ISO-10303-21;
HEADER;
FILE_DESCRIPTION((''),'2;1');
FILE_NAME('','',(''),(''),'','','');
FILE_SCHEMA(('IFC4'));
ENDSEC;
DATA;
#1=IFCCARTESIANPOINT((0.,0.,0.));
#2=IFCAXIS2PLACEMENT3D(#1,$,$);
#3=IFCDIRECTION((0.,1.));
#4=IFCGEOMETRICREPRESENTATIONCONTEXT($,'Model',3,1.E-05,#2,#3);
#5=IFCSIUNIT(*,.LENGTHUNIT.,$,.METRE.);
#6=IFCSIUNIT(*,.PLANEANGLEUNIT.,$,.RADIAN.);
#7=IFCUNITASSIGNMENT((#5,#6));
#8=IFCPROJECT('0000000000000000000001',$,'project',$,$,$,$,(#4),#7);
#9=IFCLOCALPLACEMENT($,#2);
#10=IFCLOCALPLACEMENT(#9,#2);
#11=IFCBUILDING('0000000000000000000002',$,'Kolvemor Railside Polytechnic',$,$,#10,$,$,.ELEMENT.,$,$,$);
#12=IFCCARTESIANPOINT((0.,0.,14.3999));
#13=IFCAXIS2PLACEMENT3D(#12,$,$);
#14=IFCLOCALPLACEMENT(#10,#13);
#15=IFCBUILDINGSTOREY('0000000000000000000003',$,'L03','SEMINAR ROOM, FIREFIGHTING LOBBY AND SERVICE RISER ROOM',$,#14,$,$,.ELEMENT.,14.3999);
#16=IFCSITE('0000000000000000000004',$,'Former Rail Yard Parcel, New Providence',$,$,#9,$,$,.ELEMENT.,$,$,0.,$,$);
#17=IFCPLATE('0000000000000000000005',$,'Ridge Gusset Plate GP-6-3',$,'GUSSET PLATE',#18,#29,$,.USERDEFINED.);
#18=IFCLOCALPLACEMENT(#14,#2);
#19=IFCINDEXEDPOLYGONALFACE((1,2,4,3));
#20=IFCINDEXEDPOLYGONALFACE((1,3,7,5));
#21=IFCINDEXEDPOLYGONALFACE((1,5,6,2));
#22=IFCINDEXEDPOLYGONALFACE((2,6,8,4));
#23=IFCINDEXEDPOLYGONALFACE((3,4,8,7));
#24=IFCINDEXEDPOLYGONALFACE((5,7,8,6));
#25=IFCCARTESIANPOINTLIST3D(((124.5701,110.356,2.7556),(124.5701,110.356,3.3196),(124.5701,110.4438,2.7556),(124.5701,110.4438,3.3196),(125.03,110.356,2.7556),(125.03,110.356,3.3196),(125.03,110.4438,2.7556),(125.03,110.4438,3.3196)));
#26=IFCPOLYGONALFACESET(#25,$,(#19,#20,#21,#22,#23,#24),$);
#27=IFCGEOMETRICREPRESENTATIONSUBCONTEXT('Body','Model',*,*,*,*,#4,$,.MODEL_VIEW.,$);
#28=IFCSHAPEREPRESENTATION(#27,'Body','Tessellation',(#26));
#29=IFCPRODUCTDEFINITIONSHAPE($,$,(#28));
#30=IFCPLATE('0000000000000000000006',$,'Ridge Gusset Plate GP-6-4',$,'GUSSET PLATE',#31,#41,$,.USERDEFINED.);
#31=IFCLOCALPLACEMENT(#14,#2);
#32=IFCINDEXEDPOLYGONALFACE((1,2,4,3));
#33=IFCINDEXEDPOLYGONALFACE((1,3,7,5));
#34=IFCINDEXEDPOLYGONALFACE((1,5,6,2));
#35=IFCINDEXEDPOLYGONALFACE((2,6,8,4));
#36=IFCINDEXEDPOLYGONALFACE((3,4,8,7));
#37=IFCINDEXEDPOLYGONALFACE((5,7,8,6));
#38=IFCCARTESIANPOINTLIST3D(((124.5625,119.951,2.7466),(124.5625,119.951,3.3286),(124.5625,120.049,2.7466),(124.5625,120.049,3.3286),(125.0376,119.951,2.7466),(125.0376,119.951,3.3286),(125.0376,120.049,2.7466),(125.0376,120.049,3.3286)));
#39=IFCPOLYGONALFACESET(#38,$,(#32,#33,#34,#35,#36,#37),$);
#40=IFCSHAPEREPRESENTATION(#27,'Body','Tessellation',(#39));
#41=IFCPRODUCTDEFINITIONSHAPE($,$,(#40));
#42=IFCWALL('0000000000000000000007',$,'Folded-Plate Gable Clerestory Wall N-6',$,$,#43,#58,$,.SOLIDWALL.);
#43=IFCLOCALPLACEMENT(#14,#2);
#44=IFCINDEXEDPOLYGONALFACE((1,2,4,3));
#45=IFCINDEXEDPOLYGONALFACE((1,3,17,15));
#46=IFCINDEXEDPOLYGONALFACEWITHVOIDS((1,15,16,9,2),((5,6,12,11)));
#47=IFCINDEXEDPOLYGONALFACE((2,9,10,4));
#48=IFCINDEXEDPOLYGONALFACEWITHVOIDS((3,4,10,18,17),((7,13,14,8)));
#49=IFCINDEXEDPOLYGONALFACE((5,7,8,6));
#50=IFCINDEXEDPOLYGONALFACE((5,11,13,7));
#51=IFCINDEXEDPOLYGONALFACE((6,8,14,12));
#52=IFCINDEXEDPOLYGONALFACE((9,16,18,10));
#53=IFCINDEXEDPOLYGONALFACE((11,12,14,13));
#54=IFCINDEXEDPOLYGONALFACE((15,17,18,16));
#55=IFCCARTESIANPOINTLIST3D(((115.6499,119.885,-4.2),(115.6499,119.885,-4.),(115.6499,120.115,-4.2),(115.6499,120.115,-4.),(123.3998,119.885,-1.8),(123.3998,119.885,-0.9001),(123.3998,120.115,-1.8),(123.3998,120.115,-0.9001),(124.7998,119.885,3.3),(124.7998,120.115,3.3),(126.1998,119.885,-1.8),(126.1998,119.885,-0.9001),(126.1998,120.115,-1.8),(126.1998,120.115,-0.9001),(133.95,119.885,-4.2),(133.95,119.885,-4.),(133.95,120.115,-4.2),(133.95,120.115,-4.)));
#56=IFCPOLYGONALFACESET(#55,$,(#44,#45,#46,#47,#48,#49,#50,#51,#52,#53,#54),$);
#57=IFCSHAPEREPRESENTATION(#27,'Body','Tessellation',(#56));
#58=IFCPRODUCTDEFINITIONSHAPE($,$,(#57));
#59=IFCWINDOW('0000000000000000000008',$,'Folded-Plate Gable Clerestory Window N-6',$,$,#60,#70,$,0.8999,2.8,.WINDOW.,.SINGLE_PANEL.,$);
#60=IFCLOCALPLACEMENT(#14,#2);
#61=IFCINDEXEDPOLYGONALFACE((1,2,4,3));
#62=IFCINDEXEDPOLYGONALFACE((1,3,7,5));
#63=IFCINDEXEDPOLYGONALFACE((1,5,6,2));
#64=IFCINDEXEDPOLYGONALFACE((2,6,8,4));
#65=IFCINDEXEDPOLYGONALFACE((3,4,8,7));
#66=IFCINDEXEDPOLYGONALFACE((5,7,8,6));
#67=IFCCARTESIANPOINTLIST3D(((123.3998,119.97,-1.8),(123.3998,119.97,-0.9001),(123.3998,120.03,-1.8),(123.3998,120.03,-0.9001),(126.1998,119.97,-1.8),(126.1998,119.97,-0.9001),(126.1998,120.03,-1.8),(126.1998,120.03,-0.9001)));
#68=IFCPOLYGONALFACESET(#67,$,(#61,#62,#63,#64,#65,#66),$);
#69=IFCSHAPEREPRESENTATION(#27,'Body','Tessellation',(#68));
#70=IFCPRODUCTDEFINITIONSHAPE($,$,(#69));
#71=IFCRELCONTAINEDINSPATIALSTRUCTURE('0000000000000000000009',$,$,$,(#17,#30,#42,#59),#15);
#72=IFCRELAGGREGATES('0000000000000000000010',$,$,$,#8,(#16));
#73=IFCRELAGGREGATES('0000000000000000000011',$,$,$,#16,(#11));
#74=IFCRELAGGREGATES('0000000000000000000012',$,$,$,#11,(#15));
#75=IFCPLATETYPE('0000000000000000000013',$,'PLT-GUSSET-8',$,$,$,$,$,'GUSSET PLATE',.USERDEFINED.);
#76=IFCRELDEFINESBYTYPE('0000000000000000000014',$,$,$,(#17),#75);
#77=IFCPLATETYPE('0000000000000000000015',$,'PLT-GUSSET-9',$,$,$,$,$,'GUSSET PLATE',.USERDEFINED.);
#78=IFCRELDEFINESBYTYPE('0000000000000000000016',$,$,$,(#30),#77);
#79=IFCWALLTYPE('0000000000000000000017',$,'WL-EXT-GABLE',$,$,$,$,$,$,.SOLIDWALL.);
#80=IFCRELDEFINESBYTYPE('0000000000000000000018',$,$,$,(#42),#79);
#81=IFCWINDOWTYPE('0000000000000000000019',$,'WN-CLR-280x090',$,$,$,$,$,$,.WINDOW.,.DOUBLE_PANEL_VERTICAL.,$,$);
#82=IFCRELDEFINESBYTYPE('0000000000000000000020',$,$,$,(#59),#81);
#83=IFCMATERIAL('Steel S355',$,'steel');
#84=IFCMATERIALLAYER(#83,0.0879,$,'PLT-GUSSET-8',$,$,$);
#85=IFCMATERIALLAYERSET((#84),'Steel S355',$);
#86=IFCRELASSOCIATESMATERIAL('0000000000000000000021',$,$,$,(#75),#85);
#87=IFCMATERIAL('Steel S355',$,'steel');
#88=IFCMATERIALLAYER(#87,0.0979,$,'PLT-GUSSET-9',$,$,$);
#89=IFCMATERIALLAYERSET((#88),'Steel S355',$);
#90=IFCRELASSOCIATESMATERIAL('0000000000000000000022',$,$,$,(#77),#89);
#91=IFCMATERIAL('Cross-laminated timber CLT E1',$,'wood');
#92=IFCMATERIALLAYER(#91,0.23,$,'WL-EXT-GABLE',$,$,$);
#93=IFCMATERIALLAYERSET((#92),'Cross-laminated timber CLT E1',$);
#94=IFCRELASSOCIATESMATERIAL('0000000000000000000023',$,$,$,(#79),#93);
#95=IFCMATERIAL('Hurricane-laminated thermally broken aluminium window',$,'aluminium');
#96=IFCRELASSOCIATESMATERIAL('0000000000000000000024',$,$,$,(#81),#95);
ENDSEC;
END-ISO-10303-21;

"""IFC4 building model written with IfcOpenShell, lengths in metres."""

from ifc_helpers import new_model, si_unit, direction, frame, frame_2d, origin, origin_2d, place, context, subcontext, project, spatial, polyline, rectangle, outline, extrude, material, layer, layer_set, type_object, element, fill, save


model = new_model("IFC4")

# Units and contexts
model_context = context("Model", 3, precision=1e-05, world=origin(), true_north=direction((0.0, 1.0)))
body_context = subcontext(model_context, "Body", "Model", "MODEL_VIEW")
ifc_project = project(units=[si_unit("LENGTHUNIT", "METRE"), si_unit("PLANEANGLEUNIT", "RADIAN")], contexts=[model_context])

# Site, building, storey
site_placement = place(None, origin())
site = spatial("IfcSite", under=ifc_project, at=site_placement, Name="Former Rail Yard Parcel, New Providence", CompositionType="ELEMENT", RefElevation=0.0)
building_placement = place(site_placement, origin())
building = spatial("IfcBuilding", under=site, at=building_placement, Name="Kolvemor Railside Polytechnic", CompositionType="ELEMENT")
storey_placement = place(building_placement, frame((0.0, 0.0, 14.3999)))
storey = spatial("IfcBuildingStorey", under=building, at=storey_placement, Name="L03", Description="SEMINAR ROOM, FIREFIGHTING LOBBY AND SERVICE RISER ROOM", CompositionType="ELEMENT", Elevation=14.3999)

# Plates
ifc_material_1 = material(Name="Steel S355", Category="steel")
ifc_layer_1 = layer(ifc_material_1, 0.0879, Name="PLT-GUSSET-8")
ifc_layer_set_1 = layer_set([ifc_layer_1], Name="Steel S355")
plate_type_1 = type_object("IfcPlateType", Name="PLT-GUSSET-8", ElementType="GUSSET PLATE", PredefinedType="USERDEFINED", material=ifc_layer_set_1)
plate_1_placement = place(storey_placement, frame((124.8, 110.3999, 2.7556), z_axis=(0.0, 0.0, 1.0), x_axis=(1.0, 0.0, 0.0)))
element("IfcPlate", 1, at=plate_1_placement, inside=storey, type_object=plate_type_1, Name="Ridge Gusset Plate GP-6-3", ObjectType="GUSSET PLATE", PredefinedType="USERDEFINED", context=body_context, shape_type="SweptSolid", body=[
    extrude(rectangle(XDim=0.46, YDim=0.0879, at=origin_2d()), origin(), (0.0, 0.0, 1.0), 0.564),
])
ifc_material_2 = material(Name="Steel S355", Category="steel")
ifc_layer_2 = layer(ifc_material_2, 0.0979, Name="PLT-GUSSET-9")
ifc_layer_set_2 = layer_set([ifc_layer_2], Name="Steel S355")
plate_type_2 = type_object("IfcPlateType", Name="PLT-GUSSET-9", ElementType="GUSSET PLATE", PredefinedType="USERDEFINED", material=ifc_layer_set_2)
plate_2_placement = place(storey_placement, frame((124.8, 120.0, 2.7466), z_axis=(0.0, 0.0, 1.0), x_axis=(1.0, 0.0, 0.0)))
element("IfcPlate", 2, at=plate_2_placement, inside=storey, type_object=plate_type_2, Name="Ridge Gusset Plate GP-6-4", ObjectType="GUSSET PLATE", PredefinedType="USERDEFINED", context=body_context, shape_type="SweptSolid", body=[
    extrude(rectangle(XDim=0.4751, YDim=0.0979, at=origin_2d()), origin(), (0.0, 0.0, 1.0), 0.582),
])

# Wall, opening, window
ifc_material_3 = material(Name="Cross-laminated timber CLT E1", Category="wood")
ifc_layer_3 = layer(ifc_material_3, 0.23, Name="WL-EXT-GABLE")
ifc_layer_set_3 = layer_set([ifc_layer_3], Name="Cross-laminated timber CLT E1")
wall_type = type_object("IfcWallType", Name="WL-EXT-GABLE", PredefinedType="SOLIDWALL", material=ifc_layer_set_3)
wall_placement = place(storey_placement, frame((115.6499, 120.0, -4.2), z_axis=(0.0, 0.0, 1.0), x_axis=(1.0, 0.0, 0.0)))
wall = element("IfcWall", 3, at=wall_placement, inside=storey, type_object=wall_type, Name="Folded-Plate Gable Clerestory Wall N-6", PredefinedType="SOLIDWALL", context=body_context, shape_type="SweptSolid", body=[
    extrude(outline(polyline([(0.0, 0.0), (18.3, 0.0), (18.3, 0.2), (9.1499, 7.5), (0.0, 0.2), (0.0, 0.0)])), frame((0.0, 0.115, 0.0), z_axis=(0.0, -1.0, 0.0), x_axis=(1.0, 0.0, 0.0)), (0.0, 0.0, 1.0), 0.23),
])
opening_placement = place(wall_placement, frame((7.75, 0.0, 2.3999)))
opening = element("IfcOpeningElement", 4, at=opening_placement, cuts=wall, PredefinedType="OPENING", context=body_context, shape_type="SweptSolid", body=[
    extrude(rectangle(XDim=2.8, YDim=0.8999, at=frame_2d((1.3999, 0.45))), frame((0.0, 0.125, 0.0), z_axis=(0.0, -1.0, 0.0), x_axis=(1.0, 0.0, 0.0)), (0.0, 0.0, 1.0), 0.25),
])
ifc_material_4 = material(Name="Hurricane-laminated thermally broken aluminium window", Category="aluminium")
window_type = type_object("IfcWindowType", Name="WN-CLR-280x090", PartitioningType="DOUBLE_PANEL_VERTICAL", PredefinedType="WINDOW", material=ifc_material_4)
window_placement = place(opening_placement, origin())
window = element("IfcWindow", 5, at=window_placement, inside=storey, type_object=window_type, Name="Folded-Plate Gable Clerestory Window N-6", OverallHeight=0.8999, OverallWidth=2.8, PartitioningType="SINGLE_PANEL", PredefinedType="WINDOW", context=body_context, shape_type="SweptSolid", body=[
    extrude(rectangle(XDim=2.8, YDim=0.8999, at=frame_2d((1.3999, 0.45))), frame((0.0, 0.03, 0.0), z_axis=(0.0, -1.0, 0.0), x_axis=(1.0, 0.0, 0.0)), (0.0, 0.0, 1.0), 0.0601),
])
fill(opening, window)

save(model, "model.ifc")
